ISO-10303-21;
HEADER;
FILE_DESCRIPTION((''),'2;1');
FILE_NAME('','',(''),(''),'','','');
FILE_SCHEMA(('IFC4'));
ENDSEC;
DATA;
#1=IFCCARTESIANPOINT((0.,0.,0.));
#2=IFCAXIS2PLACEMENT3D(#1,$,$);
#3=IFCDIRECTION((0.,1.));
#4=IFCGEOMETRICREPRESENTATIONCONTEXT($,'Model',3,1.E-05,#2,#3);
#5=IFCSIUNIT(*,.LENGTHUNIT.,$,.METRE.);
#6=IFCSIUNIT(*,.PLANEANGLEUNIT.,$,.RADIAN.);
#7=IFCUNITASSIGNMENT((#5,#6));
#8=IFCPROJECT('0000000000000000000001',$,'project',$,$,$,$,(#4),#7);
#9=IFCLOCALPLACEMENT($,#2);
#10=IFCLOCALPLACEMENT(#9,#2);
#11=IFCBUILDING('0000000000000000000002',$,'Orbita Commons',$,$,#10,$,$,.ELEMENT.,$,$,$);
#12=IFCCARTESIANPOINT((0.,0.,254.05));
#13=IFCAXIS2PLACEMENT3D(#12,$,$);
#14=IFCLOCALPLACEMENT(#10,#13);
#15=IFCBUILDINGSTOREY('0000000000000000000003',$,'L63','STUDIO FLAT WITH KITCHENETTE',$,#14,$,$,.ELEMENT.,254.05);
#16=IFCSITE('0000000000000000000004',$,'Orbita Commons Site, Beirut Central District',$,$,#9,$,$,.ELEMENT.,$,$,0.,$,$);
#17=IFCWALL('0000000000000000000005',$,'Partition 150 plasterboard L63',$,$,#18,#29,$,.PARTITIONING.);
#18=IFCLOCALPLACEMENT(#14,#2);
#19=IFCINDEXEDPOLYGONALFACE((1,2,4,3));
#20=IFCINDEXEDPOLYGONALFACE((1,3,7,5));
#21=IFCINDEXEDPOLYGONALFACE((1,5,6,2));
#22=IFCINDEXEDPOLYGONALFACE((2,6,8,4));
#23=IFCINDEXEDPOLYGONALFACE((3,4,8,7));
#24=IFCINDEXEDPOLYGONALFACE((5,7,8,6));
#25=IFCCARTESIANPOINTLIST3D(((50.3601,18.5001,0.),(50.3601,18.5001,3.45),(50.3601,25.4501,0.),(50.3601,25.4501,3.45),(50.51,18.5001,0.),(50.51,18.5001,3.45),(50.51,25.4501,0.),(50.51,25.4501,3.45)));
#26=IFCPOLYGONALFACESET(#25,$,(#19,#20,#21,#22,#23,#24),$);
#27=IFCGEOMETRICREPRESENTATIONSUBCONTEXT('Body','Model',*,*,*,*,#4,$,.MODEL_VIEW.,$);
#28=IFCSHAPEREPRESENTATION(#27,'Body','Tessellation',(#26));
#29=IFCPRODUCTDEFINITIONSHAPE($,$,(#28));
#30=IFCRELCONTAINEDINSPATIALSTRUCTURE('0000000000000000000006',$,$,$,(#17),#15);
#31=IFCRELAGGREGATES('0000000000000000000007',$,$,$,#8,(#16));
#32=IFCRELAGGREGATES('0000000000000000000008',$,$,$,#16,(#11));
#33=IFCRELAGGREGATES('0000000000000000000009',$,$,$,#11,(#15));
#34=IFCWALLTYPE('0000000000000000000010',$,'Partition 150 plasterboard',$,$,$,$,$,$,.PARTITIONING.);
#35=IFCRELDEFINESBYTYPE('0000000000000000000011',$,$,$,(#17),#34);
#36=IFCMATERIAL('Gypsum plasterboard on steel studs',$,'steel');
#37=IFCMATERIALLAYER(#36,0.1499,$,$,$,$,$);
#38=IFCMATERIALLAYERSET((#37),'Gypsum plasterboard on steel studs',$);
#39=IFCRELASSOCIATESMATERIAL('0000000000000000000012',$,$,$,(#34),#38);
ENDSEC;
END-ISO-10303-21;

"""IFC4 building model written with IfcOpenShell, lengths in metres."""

from ifc_helpers import new_model, si_unit, direction, frame, frame_2d, origin, place, context, subcontext, project, spatial, rectangle, extrude, material, layer, layer_set, type_object, element, save


model = new_model("IFC4")

# Units and contexts
model_context = context("Model", 3, precision=1e-05, world=origin(), true_north=direction((0.0, 1.0)))
body_context = subcontext(model_context, "Body", "Model", "MODEL_VIEW")
ifc_project = project(units=[si_unit("LENGTHUNIT", "METRE"), si_unit("PLANEANGLEUNIT", "RADIAN")], contexts=[model_context])

# Site, building, storey
site_placement = place(None, origin())
site = spatial("IfcSite", under=ifc_project, at=site_placement, Name="Orbita Commons Site, Beirut Central District", CompositionType="ELEMENT", RefElevation=0.0)
building_placement = place(site_placement, origin())
building = spatial("IfcBuilding", under=site, at=building_placement, Name="Orbita Commons", CompositionType="ELEMENT")
storey_placement = place(building_placement, frame((0.0, 0.0, 254.05)))
storey = spatial("IfcBuildingStorey", under=building, at=storey_placement, Name="L63", Description="STUDIO FLAT WITH KITCHENETTE", CompositionType="ELEMENT", Elevation=254.05)

# Wall
ifc_material_1 = material(Name="Gypsum plasterboard on steel studs", Category="steel")
ifc_layer_1 = layer(ifc_material_1, 0.1499)
ifc_layer_set_1 = layer_set([ifc_layer_1], Name="Gypsum plasterboard on steel studs")
wall_type_1 = type_object("IfcWallType", Name="Partition 150 plasterboard", PredefinedType="PARTITIONING", material=ifc_layer_set_1)
wall_1_placement = place(storey_placement, frame((50.4351, 18.5, 0.0), z_axis=(0.0, 0.0, 1.0), x_axis=(0.0, 1.0, 0.0)))
element("IfcWall", 1, at=wall_1_placement, inside=storey, type_object=wall_type_1, Name="Partition 150 plasterboard L63", PredefinedType="PARTITIONING", context=body_context, shape_type="SweptSolid", body=[
    extrude(rectangle(XDim=6.95, YDim=0.1499, at=frame_2d((3.4751, 0.0))), origin(), (0.0, 0.0, 1.0), 3.45),
])

save(model, "model.ifc")
